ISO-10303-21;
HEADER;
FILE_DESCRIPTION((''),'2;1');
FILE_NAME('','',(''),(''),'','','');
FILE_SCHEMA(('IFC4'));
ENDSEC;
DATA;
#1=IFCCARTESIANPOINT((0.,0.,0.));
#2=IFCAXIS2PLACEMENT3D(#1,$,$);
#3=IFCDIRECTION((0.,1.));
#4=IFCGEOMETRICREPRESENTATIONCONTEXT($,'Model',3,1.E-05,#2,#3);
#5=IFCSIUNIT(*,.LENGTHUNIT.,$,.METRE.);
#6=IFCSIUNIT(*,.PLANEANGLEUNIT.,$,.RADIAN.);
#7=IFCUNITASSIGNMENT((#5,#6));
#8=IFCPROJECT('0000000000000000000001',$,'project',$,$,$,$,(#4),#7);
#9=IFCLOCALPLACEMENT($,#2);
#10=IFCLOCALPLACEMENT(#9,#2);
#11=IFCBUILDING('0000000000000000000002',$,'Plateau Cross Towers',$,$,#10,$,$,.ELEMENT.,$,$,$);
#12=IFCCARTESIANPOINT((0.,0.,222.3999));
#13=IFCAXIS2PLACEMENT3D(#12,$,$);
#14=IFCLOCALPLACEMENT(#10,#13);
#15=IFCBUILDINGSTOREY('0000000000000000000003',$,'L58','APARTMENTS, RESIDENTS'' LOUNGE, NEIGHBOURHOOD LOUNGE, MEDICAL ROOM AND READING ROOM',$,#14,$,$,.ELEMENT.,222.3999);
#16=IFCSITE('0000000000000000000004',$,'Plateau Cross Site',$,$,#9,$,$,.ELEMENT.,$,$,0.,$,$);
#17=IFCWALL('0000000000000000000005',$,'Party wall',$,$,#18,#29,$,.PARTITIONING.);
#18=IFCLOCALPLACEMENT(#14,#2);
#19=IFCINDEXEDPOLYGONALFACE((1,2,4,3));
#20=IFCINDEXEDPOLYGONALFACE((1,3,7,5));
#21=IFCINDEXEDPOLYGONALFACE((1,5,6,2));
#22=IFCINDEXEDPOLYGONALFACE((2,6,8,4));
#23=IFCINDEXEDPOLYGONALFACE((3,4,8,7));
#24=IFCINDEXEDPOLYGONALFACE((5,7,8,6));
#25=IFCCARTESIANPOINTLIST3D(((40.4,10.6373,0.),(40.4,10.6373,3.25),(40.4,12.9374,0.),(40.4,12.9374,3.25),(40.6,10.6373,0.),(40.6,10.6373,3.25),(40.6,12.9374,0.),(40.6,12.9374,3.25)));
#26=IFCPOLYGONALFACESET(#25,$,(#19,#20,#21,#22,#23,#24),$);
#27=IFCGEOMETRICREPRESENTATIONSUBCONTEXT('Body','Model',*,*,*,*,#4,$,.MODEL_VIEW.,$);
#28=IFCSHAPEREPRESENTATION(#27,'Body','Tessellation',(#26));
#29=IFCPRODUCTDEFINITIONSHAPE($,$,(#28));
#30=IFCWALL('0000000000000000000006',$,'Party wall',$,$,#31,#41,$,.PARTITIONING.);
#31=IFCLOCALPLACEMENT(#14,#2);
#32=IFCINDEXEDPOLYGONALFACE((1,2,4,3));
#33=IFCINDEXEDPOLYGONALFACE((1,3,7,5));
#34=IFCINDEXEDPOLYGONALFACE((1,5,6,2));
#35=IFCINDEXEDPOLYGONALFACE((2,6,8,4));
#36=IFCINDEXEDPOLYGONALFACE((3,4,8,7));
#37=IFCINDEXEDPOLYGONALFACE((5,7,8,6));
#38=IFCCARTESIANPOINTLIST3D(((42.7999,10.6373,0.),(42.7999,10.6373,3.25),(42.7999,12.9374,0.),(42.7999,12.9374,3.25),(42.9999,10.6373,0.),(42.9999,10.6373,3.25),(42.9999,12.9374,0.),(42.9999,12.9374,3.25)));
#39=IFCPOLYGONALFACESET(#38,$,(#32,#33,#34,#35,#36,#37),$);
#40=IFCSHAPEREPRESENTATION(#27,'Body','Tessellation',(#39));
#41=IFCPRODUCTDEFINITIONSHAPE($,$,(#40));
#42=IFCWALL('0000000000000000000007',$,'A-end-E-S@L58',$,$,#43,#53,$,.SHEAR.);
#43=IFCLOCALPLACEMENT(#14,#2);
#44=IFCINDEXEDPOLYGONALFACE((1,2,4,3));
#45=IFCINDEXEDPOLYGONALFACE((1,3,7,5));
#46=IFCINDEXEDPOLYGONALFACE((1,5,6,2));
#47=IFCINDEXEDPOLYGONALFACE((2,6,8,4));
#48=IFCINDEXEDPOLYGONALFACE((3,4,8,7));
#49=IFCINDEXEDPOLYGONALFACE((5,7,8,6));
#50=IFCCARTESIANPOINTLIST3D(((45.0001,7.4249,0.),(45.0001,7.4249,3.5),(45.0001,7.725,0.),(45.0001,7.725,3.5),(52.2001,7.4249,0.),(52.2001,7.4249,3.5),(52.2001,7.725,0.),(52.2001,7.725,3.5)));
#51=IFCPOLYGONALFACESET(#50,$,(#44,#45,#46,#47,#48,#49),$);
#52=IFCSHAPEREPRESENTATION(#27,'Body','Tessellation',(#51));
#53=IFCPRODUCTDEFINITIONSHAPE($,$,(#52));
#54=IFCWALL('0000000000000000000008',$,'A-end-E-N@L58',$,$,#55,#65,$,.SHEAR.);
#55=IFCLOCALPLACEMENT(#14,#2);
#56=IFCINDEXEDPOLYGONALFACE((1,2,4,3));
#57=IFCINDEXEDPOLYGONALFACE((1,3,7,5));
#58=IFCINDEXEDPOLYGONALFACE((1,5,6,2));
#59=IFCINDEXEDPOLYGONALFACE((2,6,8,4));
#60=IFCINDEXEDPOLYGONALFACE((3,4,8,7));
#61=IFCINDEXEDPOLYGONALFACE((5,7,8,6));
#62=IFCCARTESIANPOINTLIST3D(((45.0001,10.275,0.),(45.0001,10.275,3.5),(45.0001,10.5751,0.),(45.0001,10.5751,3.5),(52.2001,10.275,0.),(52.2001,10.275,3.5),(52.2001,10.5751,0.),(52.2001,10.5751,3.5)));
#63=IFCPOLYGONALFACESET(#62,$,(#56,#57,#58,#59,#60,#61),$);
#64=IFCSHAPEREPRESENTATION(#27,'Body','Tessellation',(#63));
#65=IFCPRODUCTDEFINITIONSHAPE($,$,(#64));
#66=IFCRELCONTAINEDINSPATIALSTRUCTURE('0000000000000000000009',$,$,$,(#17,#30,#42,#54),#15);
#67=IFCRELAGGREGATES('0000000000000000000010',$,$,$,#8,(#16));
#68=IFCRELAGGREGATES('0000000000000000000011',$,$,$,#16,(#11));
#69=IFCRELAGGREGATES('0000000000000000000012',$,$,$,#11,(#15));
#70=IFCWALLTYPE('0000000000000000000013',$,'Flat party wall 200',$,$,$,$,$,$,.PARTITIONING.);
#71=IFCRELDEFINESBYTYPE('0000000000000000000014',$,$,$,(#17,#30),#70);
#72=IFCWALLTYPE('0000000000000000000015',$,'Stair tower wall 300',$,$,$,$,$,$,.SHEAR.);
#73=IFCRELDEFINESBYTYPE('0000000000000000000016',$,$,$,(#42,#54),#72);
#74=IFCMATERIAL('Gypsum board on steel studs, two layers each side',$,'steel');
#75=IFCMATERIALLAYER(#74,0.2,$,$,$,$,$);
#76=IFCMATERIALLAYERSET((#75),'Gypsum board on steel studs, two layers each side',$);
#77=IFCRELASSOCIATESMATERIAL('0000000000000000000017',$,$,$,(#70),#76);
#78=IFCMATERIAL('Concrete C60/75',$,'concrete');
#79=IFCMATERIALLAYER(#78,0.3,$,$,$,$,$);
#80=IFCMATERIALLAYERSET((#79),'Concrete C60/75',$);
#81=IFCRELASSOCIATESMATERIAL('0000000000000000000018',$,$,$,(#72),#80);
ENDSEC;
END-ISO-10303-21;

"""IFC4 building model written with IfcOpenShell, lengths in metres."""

from ifc_helpers import new_model, si_unit, direction, frame, frame_2d, origin, place, context, subcontext, project, spatial, rectangle, extrude, material, layer, layer_set, type_object, element, save


model = new_model("IFC4")

# Units and contexts
model_context = context("Model", 3, precision=1e-05, world=origin(), true_north=direction((0.0, 1.0)))
body_context = subcontext(model_context, "Body", "Model", "MODEL_VIEW")
ifc_project = project(units=[si_unit("LENGTHUNIT", "METRE"), si_unit("PLANEANGLEUNIT", "RADIAN")], contexts=[model_context])

# Site, building, storey
site_placement = place(None, origin())
site = spatial("IfcSite", under=ifc_project, at=site_placement, Name="Plateau Cross Site", CompositionType="ELEMENT", RefElevation=0.0)
building_placement = place(site_placement, origin())
building = spatial("IfcBuilding", under=site, at=building_placement, Name="Plateau Cross Towers", CompositionType="ELEMENT")
storey_placement = place(building_placement, frame((0.0, 0.0, 222.3999)))
storey = spatial("IfcBuildingStorey", under=building, at=storey_placement, Name="L58", Description="APARTMENTS, RESIDENTS' LOUNGE, NEIGHBOURHOOD LOUNGE, MEDICAL ROOM AND READING ROOM", CompositionType="ELEMENT", Elevation=222.3999)

# Walls
ifc_material_1 = material(Name="Gypsum board on steel studs, two layers each side", Category="steel")
ifc_layer_1 = layer(ifc_material_1, 0.2)
ifc_layer_set_1 = layer_set([ifc_layer_1], Name="Gypsum board on steel studs, two layers each side")
wall_type_1 = type_object("IfcWallType", Name="Flat party wall 200", PredefinedType="PARTITIONING", material=ifc_layer_set_1)
for number, where, z_axis, x_axis, name in (
    (1, (40.5, 10.6375, 0.0), (0.0, 0.0, 1.0), (0.0, 1.0, 0.0), "Party wall"),
    (2, (42.8999, 10.6375, 0.0), (0.0, 0.0, 1.0), (0.0, 1.0, 0.0), "Party wall"),
):
    element("IfcWall", number, at=place(storey_placement, frame(where, z_axis=z_axis, x_axis=x_axis)), inside=storey, type_object=wall_type_1, Name=name, PredefinedType="PARTITIONING", context=body_context, shape_type="SweptSolid", body=[
        extrude(rectangle(XDim=2.3, YDim=0.2, at=frame_2d((1.1499, 0.0))), origin(), (0.0, 0.0, 1.0), 3.25),
    ])
ifc_material_2 = material(Name="Concrete C60/75", Category="concrete")
ifc_layer_2 = layer(ifc_material_2, 0.3)
ifc_layer_set_2 = layer_set([ifc_layer_2], Name="Concrete C60/75")
wall_type_2 = type_object("IfcWallType", Name="Stair tower wall 300", PredefinedType="SHEAR", material=ifc_layer_set_2)
for number, where, z_axis, x_axis, name in (
    (3, (45.0, 7.575, 0.0), (0.0, 0.0, 1.0), (1.0, 0.0, 0.0), "A-end-E-S@L58"),
    (4, (45.0, 10.425, 0.0), (0.0, 0.0, 1.0), (1.0, 0.0, 0.0), "A-end-E-N@L58"),
):
    element("IfcWall", number, at=place(storey_placement, frame(where, z_axis=z_axis, x_axis=x_axis)), inside=storey, type_object=wall_type_2, Name=name, PredefinedType="SHEAR", context=body_context, shape_type="SweptSolid", body=[
        extrude(rectangle(XDim=7.2, YDim=0.3, at=frame_2d((3.6001, 0.0))), origin(), (0.0, 0.0, 1.0), 3.5),
    ])

save(model, "model.ifc")
